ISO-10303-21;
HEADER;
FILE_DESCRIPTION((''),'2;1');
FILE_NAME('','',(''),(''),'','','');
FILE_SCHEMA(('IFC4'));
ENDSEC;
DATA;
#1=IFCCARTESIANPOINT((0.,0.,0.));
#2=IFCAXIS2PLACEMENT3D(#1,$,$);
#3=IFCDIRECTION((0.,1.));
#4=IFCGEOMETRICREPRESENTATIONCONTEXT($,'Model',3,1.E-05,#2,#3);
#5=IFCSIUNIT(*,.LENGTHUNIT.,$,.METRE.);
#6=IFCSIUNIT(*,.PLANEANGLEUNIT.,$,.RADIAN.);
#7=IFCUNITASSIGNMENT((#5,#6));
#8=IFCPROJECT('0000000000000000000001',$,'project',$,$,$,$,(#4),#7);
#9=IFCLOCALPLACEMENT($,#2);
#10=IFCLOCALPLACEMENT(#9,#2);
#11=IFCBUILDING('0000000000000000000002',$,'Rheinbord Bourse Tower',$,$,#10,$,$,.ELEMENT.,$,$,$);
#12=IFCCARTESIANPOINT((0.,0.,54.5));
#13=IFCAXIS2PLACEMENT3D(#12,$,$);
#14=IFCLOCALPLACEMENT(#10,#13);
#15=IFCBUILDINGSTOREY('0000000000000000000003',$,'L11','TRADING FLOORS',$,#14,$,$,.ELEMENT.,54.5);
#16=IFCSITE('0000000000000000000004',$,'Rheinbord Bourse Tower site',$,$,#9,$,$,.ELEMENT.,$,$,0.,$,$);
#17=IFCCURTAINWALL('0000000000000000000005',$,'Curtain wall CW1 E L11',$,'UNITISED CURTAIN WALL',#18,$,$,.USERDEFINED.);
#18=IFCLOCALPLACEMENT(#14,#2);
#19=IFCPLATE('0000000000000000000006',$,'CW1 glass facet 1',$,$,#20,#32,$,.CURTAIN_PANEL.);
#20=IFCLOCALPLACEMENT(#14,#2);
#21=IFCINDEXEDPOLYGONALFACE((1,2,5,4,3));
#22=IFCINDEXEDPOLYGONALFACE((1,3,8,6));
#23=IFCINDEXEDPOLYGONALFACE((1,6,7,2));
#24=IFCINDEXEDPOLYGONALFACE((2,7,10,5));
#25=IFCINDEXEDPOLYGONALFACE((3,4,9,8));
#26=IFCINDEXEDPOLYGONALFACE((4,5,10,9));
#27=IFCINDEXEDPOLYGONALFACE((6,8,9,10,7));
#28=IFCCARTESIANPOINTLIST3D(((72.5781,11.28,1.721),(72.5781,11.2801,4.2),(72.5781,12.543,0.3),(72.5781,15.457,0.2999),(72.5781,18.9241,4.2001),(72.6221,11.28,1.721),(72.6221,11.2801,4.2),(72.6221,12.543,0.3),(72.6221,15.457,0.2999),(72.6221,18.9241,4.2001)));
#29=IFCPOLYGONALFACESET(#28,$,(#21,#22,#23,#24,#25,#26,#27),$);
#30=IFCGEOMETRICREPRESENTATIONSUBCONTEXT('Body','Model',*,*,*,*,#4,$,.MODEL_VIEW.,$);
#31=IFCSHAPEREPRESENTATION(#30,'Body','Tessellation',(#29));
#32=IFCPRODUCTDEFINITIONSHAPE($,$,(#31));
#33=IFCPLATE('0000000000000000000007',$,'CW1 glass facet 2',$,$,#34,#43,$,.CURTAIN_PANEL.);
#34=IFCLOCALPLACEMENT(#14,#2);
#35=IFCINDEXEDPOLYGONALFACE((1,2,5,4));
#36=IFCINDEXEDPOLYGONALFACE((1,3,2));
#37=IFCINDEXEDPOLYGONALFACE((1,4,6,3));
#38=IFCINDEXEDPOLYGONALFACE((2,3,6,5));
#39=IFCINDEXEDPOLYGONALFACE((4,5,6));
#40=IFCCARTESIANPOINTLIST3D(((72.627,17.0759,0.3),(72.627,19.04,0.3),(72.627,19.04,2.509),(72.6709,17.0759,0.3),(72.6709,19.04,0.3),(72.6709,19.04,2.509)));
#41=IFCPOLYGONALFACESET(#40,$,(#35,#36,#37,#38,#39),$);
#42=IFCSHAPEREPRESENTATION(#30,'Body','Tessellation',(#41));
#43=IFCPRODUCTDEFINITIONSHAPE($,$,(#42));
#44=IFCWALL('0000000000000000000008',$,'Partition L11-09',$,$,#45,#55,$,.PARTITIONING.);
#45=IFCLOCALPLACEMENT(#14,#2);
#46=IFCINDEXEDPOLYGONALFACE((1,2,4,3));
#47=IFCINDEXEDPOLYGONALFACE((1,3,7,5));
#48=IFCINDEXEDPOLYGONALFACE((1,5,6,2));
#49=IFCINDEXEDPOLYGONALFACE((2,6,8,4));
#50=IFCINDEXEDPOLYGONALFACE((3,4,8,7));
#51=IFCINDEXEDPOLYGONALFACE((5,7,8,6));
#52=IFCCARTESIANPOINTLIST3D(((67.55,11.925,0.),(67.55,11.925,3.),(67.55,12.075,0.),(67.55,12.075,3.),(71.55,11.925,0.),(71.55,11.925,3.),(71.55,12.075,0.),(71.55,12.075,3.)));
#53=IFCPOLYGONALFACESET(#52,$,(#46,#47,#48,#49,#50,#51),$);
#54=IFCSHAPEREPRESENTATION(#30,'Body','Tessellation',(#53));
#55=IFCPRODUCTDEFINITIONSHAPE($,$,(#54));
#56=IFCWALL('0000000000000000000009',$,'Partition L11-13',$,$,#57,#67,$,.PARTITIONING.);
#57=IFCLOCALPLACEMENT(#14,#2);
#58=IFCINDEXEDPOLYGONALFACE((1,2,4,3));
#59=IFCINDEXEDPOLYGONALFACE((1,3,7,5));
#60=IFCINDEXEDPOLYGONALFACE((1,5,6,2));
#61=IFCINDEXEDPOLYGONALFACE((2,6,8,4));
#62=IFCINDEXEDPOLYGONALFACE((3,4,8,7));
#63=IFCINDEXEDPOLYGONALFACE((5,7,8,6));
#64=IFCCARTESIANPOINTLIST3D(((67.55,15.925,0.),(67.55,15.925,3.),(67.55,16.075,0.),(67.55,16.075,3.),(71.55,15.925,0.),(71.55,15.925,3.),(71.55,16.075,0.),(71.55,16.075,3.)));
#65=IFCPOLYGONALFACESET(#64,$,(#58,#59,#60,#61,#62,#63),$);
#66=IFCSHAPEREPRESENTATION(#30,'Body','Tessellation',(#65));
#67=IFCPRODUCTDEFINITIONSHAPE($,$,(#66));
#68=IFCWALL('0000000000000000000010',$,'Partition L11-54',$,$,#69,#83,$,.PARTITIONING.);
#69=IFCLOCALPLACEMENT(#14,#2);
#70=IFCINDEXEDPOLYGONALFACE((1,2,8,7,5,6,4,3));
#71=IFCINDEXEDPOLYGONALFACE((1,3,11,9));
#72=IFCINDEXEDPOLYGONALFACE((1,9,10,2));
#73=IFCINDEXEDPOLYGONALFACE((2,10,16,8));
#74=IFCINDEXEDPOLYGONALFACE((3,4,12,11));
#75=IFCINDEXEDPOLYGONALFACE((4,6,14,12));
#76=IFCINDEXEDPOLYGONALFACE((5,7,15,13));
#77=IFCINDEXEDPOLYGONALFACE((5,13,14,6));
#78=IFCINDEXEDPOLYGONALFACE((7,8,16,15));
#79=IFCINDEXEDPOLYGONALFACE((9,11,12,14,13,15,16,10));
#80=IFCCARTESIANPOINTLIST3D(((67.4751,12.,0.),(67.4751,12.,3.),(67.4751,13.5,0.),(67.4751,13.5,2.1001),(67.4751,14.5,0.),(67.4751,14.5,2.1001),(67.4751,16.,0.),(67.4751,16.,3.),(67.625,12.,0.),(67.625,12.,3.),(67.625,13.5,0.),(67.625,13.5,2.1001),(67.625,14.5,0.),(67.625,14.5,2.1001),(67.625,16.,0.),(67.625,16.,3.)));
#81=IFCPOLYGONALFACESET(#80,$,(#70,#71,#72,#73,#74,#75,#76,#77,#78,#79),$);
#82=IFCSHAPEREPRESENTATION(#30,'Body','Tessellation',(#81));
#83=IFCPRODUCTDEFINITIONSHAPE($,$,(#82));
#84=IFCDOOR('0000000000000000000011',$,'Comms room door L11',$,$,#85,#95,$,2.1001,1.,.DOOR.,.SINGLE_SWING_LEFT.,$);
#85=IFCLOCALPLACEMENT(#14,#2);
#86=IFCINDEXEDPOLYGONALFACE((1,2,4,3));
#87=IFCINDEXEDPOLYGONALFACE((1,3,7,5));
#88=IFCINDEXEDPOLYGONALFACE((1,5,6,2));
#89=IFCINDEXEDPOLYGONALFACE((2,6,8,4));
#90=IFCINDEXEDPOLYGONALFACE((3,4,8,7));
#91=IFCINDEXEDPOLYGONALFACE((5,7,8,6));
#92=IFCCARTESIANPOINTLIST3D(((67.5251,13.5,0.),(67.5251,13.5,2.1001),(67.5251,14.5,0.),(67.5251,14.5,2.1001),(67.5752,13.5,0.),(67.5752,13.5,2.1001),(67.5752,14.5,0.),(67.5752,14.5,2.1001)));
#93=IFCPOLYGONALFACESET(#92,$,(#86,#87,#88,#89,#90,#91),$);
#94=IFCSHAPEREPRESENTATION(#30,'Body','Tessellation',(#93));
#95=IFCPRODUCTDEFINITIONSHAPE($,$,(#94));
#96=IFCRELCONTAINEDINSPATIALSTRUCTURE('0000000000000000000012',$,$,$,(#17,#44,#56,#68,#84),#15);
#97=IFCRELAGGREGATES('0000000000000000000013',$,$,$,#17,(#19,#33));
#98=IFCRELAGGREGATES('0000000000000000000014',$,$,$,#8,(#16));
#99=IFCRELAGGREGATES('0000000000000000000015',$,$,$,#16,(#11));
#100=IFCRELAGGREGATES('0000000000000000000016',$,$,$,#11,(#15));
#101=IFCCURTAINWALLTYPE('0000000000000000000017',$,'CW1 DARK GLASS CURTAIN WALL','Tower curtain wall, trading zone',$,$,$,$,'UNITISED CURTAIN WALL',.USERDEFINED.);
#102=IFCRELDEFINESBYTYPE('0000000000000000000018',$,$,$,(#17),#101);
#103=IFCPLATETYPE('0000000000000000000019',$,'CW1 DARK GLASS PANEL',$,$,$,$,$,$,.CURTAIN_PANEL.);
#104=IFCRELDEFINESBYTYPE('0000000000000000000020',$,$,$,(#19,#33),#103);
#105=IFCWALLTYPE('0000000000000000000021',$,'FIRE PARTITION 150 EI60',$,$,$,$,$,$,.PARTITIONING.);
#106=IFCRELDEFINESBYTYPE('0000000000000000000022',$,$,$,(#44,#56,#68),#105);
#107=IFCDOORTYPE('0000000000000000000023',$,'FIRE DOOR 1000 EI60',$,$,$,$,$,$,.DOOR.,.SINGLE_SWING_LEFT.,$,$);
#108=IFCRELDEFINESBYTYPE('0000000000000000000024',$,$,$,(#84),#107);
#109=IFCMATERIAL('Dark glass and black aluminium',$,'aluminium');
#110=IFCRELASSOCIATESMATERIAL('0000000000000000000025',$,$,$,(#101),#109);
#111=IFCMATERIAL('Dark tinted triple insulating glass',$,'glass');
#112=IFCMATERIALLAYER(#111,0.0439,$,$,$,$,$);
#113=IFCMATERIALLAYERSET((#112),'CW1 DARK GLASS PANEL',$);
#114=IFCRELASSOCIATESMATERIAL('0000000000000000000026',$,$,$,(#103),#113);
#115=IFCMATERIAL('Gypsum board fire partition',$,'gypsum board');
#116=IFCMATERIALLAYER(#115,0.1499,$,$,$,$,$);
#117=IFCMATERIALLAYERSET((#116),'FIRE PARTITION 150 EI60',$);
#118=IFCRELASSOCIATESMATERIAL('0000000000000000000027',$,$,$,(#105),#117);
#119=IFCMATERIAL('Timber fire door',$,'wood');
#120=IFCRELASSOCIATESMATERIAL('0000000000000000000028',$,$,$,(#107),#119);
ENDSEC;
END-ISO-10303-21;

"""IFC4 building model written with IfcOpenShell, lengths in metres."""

from ifc_helpers import new_model, si_unit, direction, frame, frame_2d, origin, place, context, subcontext, project, spatial, polyline, rectangle, outline, extrude, material, layer, layer_set, type_object, element, fill, aggregate, save


model = new_model("IFC4")

# Units and contexts
model_context = context("Model", 3, precision=1e-05, world=origin(), true_north=direction((0.0, 1.0)))
body_context = subcontext(model_context, "Body", "Model", "MODEL_VIEW")
ifc_project = project(units=[si_unit("LENGTHUNIT", "METRE"), si_unit("PLANEANGLEUNIT", "RADIAN")], contexts=[model_context])

# Site, building, storey
site_placement = place(None, origin())
site = spatial("IfcSite", under=ifc_project, at=site_placement, Name="Rheinbord Bourse Tower site", CompositionType="ELEMENT", RefElevation=0.0)
building_placement = place(site_placement, origin())
building = spatial("IfcBuilding", under=site, at=building_placement, Name="Rheinbord Bourse Tower", CompositionType="ELEMENT")
storey_placement = place(building_placement, frame((0.0, 0.0, 54.5)))
storey = spatial("IfcBuildingStorey", under=building, at=storey_placement, Name="L11", Description="TRADING FLOORS", CompositionType="ELEMENT", Elevation=54.5)

# Curtain wall
ifc_material_1 = material(Name="Dark glass and black aluminium", Category="aluminium")
curtain_wall_type = type_object("IfcCurtainWallType", Name="CW1 DARK GLASS CURTAIN WALL", Description="Tower curtain wall, trading zone", ElementType="UNITISED CURTAIN WALL", PredefinedType="USERDEFINED", material=ifc_material_1)
curtain_wall_placement = place(storey_placement, origin())
curtain_wall = element("IfcCurtainWall", 1, at=curtain_wall_placement, inside=storey, type_object=curtain_wall_type, Name="Curtain wall CW1 E L11", ObjectType="UNITISED CURTAIN WALL", PredefinedType="USERDEFINED")

# Plates
ifc_material_2 = material(Name="Dark tinted triple insulating glass", Category="glass")
ifc_layer_1 = layer(ifc_material_2, 0.0439)
ifc_layer_set_1 = layer_set([ifc_layer_1], Name="CW1 DARK GLASS PANEL")
plate_type = type_object("IfcPlateType", Name="CW1 DARK GLASS PANEL", PredefinedType="CURTAIN_PANEL", material=ifc_layer_set_1)
plate_1_placement = place(storey_placement, frame((72.6221, 12.543, 0.3), z_axis=(-1.0, 0.0, 0.0), x_axis=(0.0, -0.66434, 0.747431)))
plate_1 = element("IfcPlate", 2, at=plate_1_placement, type_object=plate_type, Name="CW1 glass facet 1", PredefinedType="CURTAIN_PANEL", context=body_context, shape_type="SweptSolid", body=[
    extrude(outline(polyline([(0.0, 0.0), (1.9011, 0.0), (3.7539, 1.647), (-1.3242, 7.3604), (-1.936, 2.178), (0.0, 0.0)])), origin(), (0.0, 0.0, 1.0), 0.0439),
])
plate_2_placement = place(storey_placement, frame((72.6709, 19.04, 0.3), z_axis=(-1.0, 0.0, 0.0), x_axis=(0.0, -1.0, 0.0)))
plate_2 = element("IfcPlate", 3, at=plate_2_placement, type_object=plate_type, Name="CW1 glass facet 2", PredefinedType="CURTAIN_PANEL", context=body_context, shape_type="SweptSolid", body=[
    extrude(outline(polyline([(0.0, 0.0), (1.9641, 0.0), (0.0, 2.209), (0.0, 0.0)])), origin(), (0.0, 0.0, 1.0), 0.0439),
])
aggregate(curtain_wall, [plate_1, plate_2])

# Walls
ifc_material_3 = material(Name="Gypsum board fire partition", Category="gypsum board")
ifc_layer_2 = layer(ifc_material_3, 0.1499)
ifc_layer_set_2 = layer_set([ifc_layer_2], Name="FIRE PARTITION 150 EI60")
wall_type = type_object("IfcWallType", Name="FIRE PARTITION 150 EI60", PredefinedType="PARTITIONING", material=ifc_layer_set_2)
for number, where, z_axis, x_axis, name in (
    (4, (67.55, 12.0, 0.0), (0.0, 0.0, 1.0), (1.0, 0.0, 0.0), "Partition L11-09"),
    (5, (67.55, 16.0, 0.0), (0.0, 0.0, 1.0), (1.0, 0.0, 0.0), "Partition L11-13"),
):
    element("IfcWall", number, at=place(storey_placement, frame(where, z_axis=z_axis, x_axis=x_axis)), inside=storey, type_object=wall_type, Name=name, PredefinedType="PARTITIONING", context=body_context, shape_type="SweptSolid", body=[
        extrude(rectangle(XDim=4.0, YDim=0.1499, at=frame_2d((2.0, 0.0))), origin(), (0.0, 0.0, 1.0), 3.0),
    ])

# Wall, opening, door
wall_placement = place(storey_placement, frame((67.55, 12.0, 0.0), z_axis=(0.0, 0.0, 1.0), x_axis=(0.0, 1.0, 0.0)))
wall = element("IfcWall", 6, at=wall_placement, inside=storey, type_object=wall_type, Name="Partition L11-54", PredefinedType="PARTITIONING", context=body_context, shape_type="SweptSolid", body=[
    extrude(rectangle(XDim=4.0, YDim=0.1499, at=frame_2d((2.0, 0.0))), origin(), (0.0, 0.0, 1.0), 3.0),
])
opening_placement = place(wall_placement, frame((1.5, 0.0, 0.0)))
opening = element("IfcOpeningElement", 7, at=opening_placement, cuts=wall, PredefinedType="OPENING", context=body_context, shape_type="SweptSolid", body=[
    extrude(rectangle(XDim=1.0, YDim=2.1001, at=frame_2d((0.5, 1.05))), frame((0.0, 0.085, 0.0), z_axis=(0.0, -1.0, 0.0), x_axis=(1.0, 0.0, 0.0)), (0.0, 0.0, 1.0), 0.1699),
])
ifc_material_4 = material(Name="Timber fire door", Category="wood")
door_type = type_object("IfcDoorType", Name="FIRE DOOR 1000 EI60", OperationType="SINGLE_SWING_LEFT", PredefinedType="DOOR", material=ifc_material_4)
door_placement = place(opening_placement, origin())
door = element("IfcDoor", 8, at=door_placement, inside=storey, type_object=door_type, Name="Comms room door L11", OperationType="SINGLE_SWING_LEFT", OverallHeight=2.1001, OverallWidth=1.0, PredefinedType="DOOR", context=body_context, shape_type="SweptSolid", body=[
    extrude(rectangle(XDim=1.0, YDim=2.1001, at=frame_2d((0.5, 1.05))), frame((0.0, 0.0249, 0.0), z_axis=(0.0, -1.0, 0.0), x_axis=(1.0, 0.0, 0.0)), (0.0, 0.0, 1.0), 0.05),
])
fill(opening, door)

save(model, "model.ifc")
